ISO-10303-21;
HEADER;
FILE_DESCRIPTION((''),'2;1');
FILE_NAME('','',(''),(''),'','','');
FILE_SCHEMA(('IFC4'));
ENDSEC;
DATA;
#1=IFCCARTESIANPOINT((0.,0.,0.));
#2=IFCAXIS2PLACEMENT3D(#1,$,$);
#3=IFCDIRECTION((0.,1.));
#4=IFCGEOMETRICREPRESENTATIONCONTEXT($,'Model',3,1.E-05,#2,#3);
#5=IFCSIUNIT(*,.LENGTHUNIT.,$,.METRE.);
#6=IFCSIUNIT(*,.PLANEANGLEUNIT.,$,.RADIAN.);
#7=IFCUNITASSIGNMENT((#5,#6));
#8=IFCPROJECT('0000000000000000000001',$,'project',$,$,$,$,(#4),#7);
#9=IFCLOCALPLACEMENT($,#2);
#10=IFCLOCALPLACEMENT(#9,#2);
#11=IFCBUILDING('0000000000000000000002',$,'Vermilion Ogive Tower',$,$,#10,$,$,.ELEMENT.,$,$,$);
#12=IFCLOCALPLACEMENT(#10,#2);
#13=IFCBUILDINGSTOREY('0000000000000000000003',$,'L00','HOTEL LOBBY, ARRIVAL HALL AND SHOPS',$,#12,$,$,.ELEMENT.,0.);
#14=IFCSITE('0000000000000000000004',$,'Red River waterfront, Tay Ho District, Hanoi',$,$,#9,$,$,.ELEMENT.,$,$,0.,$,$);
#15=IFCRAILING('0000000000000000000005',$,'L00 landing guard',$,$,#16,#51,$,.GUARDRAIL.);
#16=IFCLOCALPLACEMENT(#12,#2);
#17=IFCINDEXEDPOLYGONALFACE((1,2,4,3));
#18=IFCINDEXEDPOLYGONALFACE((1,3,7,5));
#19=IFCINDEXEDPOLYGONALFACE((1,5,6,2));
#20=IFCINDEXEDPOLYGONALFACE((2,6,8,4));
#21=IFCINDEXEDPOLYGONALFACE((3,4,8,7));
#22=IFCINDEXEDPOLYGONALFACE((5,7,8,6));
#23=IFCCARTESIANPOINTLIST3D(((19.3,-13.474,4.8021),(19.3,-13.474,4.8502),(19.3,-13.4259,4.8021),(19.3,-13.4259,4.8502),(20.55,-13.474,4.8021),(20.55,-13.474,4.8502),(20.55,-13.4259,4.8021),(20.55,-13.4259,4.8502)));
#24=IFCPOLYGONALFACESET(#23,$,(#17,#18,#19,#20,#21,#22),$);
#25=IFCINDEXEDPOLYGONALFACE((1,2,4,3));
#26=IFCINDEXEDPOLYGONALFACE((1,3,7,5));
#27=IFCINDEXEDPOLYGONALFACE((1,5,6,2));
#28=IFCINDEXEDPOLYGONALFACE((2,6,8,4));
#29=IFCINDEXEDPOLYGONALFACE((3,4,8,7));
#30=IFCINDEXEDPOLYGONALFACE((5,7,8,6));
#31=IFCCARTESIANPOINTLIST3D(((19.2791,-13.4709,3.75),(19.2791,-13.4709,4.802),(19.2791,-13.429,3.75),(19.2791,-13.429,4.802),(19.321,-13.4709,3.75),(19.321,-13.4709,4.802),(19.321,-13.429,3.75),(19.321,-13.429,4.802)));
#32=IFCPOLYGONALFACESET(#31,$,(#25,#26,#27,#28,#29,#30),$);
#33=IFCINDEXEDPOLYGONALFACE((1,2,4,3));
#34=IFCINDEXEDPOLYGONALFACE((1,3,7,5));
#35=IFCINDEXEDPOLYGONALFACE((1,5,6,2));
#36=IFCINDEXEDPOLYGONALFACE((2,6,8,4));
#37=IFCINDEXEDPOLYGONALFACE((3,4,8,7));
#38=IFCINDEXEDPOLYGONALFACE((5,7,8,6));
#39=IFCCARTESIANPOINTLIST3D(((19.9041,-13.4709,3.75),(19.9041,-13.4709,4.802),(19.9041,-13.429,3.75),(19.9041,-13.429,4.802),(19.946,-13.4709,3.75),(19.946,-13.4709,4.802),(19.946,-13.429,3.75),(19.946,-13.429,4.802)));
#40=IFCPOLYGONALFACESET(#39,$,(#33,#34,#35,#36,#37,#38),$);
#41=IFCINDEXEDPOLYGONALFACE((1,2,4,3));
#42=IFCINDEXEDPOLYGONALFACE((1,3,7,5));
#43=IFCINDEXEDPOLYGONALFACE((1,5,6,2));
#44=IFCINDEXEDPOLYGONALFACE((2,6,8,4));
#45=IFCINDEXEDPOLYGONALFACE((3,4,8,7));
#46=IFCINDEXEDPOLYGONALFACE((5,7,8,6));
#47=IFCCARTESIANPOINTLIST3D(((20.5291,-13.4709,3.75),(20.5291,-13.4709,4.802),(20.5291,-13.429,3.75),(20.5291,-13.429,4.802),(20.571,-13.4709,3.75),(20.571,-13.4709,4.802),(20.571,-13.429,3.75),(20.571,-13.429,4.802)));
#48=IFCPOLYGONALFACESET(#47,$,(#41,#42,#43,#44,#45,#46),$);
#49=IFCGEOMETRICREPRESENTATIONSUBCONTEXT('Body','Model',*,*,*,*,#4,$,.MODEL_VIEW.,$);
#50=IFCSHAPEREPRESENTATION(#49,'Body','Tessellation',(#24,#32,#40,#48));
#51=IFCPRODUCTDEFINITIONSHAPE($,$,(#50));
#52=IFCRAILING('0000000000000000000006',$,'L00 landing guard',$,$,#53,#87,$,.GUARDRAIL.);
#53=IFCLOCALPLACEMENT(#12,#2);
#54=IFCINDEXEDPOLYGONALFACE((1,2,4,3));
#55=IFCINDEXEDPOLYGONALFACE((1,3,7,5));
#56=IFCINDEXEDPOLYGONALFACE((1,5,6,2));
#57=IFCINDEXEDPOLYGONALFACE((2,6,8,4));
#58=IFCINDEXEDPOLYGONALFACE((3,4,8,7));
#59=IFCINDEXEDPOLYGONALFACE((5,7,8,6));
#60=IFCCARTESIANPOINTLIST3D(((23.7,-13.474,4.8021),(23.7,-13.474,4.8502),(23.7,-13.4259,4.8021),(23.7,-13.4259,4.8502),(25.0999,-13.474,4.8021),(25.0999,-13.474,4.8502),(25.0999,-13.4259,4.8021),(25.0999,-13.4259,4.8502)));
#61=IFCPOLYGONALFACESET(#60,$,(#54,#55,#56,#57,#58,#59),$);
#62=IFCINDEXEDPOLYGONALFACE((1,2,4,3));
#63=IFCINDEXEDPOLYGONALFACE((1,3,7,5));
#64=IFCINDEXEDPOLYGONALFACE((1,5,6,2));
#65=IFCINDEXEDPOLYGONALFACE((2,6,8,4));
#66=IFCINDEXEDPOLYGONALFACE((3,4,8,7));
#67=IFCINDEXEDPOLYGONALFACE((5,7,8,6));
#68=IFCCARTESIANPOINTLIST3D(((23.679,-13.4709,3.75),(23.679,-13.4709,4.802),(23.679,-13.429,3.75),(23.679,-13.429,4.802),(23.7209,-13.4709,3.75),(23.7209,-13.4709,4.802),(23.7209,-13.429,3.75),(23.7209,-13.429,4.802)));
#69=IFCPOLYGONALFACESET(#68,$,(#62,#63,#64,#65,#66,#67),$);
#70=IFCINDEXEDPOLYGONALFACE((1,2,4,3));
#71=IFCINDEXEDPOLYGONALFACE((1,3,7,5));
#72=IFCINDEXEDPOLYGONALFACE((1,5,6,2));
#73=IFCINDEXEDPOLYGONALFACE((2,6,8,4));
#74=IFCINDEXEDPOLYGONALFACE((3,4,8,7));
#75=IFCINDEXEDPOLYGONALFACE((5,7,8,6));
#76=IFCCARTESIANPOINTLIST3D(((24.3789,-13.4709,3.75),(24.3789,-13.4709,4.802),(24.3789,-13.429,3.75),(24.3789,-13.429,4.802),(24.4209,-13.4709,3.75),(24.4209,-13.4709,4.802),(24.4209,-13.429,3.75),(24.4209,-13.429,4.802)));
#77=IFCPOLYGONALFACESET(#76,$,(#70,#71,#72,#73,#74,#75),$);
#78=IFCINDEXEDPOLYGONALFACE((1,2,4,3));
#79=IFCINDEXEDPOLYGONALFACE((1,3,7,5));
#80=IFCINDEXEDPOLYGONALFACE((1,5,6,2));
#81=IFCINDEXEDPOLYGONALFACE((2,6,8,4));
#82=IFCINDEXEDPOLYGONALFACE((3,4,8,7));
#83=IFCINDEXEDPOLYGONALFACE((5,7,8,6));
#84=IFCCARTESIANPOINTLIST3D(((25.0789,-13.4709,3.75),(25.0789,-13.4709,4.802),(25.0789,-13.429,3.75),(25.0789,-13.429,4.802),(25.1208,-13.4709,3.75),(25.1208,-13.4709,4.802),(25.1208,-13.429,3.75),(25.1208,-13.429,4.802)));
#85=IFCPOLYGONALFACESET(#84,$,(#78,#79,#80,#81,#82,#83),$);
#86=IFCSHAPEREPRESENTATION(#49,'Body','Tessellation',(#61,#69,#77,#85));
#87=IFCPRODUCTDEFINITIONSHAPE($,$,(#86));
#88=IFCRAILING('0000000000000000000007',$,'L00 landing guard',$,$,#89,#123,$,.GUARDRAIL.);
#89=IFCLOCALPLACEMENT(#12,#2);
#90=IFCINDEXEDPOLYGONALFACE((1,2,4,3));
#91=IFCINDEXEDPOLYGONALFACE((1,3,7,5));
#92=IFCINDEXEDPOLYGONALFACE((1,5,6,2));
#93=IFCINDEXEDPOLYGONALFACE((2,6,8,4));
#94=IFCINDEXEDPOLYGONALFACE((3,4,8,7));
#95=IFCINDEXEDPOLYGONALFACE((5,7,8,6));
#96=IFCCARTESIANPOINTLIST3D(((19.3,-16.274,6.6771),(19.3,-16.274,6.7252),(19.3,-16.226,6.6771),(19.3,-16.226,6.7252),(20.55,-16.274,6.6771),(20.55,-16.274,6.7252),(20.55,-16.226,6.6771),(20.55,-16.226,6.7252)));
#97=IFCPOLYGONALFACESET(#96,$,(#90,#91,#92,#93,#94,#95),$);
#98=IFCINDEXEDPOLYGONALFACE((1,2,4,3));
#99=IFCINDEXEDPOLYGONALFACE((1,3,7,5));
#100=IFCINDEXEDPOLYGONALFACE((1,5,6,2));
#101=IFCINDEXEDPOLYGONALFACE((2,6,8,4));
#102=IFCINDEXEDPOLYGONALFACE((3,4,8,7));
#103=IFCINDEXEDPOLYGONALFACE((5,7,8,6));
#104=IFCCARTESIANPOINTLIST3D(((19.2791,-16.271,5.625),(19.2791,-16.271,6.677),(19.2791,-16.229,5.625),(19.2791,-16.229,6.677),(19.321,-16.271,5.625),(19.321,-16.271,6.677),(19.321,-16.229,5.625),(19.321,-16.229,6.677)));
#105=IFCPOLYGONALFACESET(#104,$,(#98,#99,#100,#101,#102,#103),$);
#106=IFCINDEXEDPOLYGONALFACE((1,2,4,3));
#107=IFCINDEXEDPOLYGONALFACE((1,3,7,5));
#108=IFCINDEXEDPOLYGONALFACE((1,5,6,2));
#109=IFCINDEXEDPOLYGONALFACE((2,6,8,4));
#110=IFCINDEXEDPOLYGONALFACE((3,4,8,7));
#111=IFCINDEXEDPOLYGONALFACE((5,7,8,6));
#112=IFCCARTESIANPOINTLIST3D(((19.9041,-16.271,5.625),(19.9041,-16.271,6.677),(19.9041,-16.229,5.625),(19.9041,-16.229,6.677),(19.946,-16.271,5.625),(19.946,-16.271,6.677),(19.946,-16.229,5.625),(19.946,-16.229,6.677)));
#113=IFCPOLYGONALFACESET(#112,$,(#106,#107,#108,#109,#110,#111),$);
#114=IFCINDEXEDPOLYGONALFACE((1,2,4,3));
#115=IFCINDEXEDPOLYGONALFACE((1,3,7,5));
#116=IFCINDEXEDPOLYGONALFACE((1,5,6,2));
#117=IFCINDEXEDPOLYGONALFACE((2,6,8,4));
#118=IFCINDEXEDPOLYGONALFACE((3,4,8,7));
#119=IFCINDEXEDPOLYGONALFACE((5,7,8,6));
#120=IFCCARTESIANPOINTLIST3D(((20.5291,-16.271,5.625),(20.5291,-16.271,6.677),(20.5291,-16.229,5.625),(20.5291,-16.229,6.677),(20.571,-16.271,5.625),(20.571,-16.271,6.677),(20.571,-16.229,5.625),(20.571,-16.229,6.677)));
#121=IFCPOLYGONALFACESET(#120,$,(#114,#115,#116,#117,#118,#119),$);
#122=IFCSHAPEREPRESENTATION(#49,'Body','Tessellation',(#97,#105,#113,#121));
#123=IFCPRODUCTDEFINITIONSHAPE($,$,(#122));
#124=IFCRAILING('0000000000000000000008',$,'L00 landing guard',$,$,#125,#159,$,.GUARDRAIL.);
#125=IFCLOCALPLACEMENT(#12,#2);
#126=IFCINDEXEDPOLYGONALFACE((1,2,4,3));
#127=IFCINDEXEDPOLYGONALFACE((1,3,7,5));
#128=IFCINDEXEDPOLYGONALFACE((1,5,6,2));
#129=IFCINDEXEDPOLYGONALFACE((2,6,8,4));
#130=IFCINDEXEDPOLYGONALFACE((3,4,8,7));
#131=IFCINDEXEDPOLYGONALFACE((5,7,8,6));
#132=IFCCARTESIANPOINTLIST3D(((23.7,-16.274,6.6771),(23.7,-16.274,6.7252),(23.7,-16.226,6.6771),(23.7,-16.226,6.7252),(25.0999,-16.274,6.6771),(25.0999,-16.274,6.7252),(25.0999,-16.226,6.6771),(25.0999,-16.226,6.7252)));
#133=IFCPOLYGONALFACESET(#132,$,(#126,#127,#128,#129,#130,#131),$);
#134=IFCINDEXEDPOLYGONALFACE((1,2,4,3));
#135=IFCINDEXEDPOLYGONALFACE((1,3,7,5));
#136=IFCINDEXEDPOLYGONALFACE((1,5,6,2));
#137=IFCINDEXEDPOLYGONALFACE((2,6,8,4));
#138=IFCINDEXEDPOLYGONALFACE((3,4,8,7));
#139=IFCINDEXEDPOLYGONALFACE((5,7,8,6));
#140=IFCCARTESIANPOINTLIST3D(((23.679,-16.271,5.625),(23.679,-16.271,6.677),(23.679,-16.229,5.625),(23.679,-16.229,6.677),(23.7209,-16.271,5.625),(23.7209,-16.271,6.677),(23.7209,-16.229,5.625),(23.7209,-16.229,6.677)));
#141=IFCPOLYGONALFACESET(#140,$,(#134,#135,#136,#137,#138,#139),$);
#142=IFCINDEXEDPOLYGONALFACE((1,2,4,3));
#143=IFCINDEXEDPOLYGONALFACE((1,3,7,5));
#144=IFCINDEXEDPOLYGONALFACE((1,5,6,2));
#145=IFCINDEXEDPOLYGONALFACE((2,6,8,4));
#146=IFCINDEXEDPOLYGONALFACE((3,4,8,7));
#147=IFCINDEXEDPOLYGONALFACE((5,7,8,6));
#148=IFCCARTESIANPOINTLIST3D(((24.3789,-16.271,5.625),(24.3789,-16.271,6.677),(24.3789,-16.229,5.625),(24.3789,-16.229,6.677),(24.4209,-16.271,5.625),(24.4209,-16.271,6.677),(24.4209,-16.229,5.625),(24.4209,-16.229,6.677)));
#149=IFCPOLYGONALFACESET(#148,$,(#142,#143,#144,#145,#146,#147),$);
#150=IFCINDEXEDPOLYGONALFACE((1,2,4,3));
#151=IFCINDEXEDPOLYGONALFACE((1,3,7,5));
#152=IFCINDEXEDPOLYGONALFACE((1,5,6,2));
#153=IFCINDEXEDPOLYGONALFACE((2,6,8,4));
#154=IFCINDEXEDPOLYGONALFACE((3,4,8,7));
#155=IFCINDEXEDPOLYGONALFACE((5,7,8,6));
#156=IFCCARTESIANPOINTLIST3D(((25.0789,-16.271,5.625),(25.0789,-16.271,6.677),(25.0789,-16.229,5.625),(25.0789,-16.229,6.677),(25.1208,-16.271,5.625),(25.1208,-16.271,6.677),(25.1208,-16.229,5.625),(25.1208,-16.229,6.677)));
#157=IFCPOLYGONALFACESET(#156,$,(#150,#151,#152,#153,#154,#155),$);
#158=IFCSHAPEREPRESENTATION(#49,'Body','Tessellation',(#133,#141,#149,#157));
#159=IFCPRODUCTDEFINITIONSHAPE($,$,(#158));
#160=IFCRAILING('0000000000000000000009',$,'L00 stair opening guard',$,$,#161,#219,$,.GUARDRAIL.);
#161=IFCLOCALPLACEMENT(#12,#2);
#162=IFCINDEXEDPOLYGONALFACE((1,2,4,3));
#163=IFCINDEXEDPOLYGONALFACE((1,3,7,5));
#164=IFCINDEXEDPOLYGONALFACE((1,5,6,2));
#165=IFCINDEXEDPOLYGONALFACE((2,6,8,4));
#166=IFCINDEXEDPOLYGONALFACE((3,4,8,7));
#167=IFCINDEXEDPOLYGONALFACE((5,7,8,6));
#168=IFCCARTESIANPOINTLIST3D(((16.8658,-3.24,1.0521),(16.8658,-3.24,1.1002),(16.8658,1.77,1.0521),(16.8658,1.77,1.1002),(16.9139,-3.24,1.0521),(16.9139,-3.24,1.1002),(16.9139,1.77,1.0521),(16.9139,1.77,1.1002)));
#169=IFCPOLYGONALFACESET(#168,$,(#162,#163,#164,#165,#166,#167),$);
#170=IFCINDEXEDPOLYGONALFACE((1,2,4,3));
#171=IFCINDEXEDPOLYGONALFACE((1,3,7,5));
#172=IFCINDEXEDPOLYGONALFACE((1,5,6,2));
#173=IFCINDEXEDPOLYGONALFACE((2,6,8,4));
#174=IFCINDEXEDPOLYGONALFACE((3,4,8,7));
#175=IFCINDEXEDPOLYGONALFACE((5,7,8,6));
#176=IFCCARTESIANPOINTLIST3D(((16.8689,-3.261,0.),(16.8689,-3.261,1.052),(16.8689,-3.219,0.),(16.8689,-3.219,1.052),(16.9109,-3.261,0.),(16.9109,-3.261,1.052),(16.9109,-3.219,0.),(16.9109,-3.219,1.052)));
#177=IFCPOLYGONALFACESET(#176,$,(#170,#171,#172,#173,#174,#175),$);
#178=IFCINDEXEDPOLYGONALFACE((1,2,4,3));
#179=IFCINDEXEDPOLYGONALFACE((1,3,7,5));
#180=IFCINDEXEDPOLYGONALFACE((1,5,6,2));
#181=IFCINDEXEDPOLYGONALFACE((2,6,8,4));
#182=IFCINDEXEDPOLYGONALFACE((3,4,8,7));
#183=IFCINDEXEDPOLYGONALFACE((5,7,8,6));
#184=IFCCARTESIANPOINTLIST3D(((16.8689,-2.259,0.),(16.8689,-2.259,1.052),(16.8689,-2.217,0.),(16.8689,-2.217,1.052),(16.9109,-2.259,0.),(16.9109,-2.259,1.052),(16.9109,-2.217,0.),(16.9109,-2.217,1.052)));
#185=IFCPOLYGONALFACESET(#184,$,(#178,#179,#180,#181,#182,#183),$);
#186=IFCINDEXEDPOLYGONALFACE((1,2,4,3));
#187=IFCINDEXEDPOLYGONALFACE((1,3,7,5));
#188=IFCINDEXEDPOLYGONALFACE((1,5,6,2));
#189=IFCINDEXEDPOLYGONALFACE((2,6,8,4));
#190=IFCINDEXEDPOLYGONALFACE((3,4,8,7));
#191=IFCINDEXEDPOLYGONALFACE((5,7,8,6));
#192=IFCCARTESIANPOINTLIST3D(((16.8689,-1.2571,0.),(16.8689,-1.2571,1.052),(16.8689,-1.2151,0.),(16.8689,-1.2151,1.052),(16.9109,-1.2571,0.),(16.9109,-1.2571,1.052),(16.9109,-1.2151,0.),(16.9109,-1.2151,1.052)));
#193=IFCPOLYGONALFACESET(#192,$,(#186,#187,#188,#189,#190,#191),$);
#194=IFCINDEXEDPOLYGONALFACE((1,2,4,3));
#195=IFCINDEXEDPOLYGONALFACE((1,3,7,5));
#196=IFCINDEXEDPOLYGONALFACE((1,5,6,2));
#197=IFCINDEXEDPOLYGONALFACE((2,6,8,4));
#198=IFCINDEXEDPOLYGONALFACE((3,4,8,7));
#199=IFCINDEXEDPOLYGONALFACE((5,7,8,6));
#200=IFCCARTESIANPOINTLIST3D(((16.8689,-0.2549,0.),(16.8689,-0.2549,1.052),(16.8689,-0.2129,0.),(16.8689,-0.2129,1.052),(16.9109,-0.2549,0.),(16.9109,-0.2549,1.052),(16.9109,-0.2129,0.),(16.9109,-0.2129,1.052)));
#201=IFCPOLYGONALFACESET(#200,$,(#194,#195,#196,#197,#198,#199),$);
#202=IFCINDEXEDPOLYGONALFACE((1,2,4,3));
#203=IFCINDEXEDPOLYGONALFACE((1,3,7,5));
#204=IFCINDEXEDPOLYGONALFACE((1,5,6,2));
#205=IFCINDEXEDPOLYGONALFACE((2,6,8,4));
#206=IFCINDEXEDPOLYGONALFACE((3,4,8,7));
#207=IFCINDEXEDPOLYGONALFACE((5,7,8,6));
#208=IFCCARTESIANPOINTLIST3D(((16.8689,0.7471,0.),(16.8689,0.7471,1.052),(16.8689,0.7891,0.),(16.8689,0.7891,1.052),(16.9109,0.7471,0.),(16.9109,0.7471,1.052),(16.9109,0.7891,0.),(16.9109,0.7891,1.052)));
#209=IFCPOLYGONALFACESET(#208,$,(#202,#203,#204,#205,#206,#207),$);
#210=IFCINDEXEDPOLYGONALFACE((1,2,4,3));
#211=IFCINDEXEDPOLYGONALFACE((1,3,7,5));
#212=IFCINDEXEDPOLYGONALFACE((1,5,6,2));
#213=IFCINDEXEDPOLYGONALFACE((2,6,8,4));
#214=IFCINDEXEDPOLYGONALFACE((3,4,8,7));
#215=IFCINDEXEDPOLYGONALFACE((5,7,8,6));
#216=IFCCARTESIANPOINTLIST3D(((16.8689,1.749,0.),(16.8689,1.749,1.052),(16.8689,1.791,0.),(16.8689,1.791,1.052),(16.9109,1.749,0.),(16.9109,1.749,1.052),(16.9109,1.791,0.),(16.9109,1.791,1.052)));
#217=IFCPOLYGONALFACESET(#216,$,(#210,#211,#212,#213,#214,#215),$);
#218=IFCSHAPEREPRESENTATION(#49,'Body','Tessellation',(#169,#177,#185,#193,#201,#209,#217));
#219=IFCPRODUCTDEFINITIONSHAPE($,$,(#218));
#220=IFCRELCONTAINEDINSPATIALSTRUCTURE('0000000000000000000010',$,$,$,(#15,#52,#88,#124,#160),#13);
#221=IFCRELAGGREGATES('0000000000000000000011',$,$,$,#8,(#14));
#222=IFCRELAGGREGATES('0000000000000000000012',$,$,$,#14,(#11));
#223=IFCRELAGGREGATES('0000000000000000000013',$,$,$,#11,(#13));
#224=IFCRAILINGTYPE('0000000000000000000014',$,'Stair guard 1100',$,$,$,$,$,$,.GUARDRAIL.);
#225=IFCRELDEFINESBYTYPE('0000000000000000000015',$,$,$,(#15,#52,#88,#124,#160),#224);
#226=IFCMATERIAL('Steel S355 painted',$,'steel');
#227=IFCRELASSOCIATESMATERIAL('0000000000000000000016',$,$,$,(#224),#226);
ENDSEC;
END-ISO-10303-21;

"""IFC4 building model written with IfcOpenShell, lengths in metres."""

from ifc_helpers import new_model, si_unit, direction, frame, origin, origin_2d, place, context, subcontext, project, spatial, rectangle, extrude, material, type_object, element, save


model = new_model("IFC4")

# Units and contexts
model_context = context("Model", 3, precision=1e-05, world=origin(), true_north=direction((0.0, 1.0)))
body_context = subcontext(model_context, "Body", "Model", "MODEL_VIEW")
ifc_project = project(units=[si_unit("LENGTHUNIT", "METRE"), si_unit("PLANEANGLEUNIT", "RADIAN")], contexts=[model_context])

# Site, building, storey
site_placement = place(None, origin())
site = spatial("IfcSite", under=ifc_project, at=site_placement, Name="Red River waterfront, Tay Ho District, Hanoi", CompositionType="ELEMENT", RefElevation=0.0)
building_placement = place(site_placement, origin())
building = spatial("IfcBuilding", under=site, at=building_placement, Name="Vermilion Ogive Tower", CompositionType="ELEMENT")
storey_placement = place(building_placement, origin())
storey = spatial("IfcBuildingStorey", under=building, at=storey_placement, Name="L00", Description="HOTEL LOBBY, ARRIVAL HALL AND SHOPS", CompositionType="ELEMENT", Elevation=0.0)

# Railings
ifc_material_1 = material(Name="Steel S355 painted", Category="steel")
railing_type_1 = type_object("IfcRailingType", Name="Stair guard 1100", PredefinedType="GUARDRAIL", material=ifc_material_1)
railing_1_placement = place(storey_placement, frame((19.3, -13.45, 3.75)))
element("IfcRailing", 1, at=railing_1_placement, inside=storey, type_object=railing_type_1, Name="L00 landing guard", PredefinedType="GUARDRAIL", context=body_context, shape_type="SweptSolid", body=[
    extrude(rectangle(XDim=0.0481, YDim=0.0481, at=origin_2d()), frame((0.0, 0.0, 1.0762), z_axis=(1.0, 0.0, 0.0), x_axis=(0.0, 1.0, 0.0)), (0.0, 0.0, 1.0), 1.25),
    extrude(rectangle(XDim=0.042, YDim=0.042, at=origin_2d()), origin(), (0.0, 0.0, 1.0), 1.052),
    extrude(rectangle(XDim=0.042, YDim=0.042, at=origin_2d()), frame((0.625, 0.0, 0.0)), (0.0, 0.0, 1.0), 1.052),
    extrude(rectangle(XDim=0.042, YDim=0.042, at=origin_2d()), frame((1.25, 0.0, 0.0)), (0.0, 0.0, 1.0), 1.052),
])
railing_2_placement = place(storey_placement, frame((23.7, -13.45, 3.75)))
element("IfcRailing", 2, at=railing_2_placement, inside=storey, type_object=railing_type_1, Name="L00 landing guard", PredefinedType="GUARDRAIL", context=body_context, shape_type="SweptSolid", body=[
    extrude(rectangle(XDim=0.0481, YDim=0.0481, at=origin_2d()), frame((0.0, 0.0, 1.0762), z_axis=(1.0, 0.0, 0.0), x_axis=(0.0, 1.0, 0.0)), (0.0, 0.0, 1.0), 1.3999),
    extrude(rectangle(XDim=0.042, YDim=0.042, at=origin_2d()), origin(), (0.0, 0.0, 1.0), 1.052),
    extrude(rectangle(XDim=0.042, YDim=0.042, at=origin_2d()), frame((0.7, 0.0, 0.0)), (0.0, 0.0, 1.0), 1.052),
    extrude(rectangle(XDim=0.042, YDim=0.042, at=origin_2d()), frame((1.3999, 0.0, 0.0)), (0.0, 0.0, 1.0), 1.052),
])
railing_3_placement = place(storey_placement, frame((19.3, -16.25, 5.625)))
element("IfcRailing", 3, at=railing_3_placement, inside=storey, type_object=railing_type_1, Name="L00 landing guard", PredefinedType="GUARDRAIL", context=body_context, shape_type="SweptSolid", body=[
    extrude(rectangle(XDim=0.0481, YDim=0.0481, at=origin_2d()), frame((0.0, 0.0, 1.0762), z_axis=(1.0, 0.0, 0.0), x_axis=(0.0, 1.0, 0.0)), (0.0, 0.0, 1.0), 1.25),
    extrude(rectangle(XDim=0.042, YDim=0.042, at=origin_2d()), origin(), (0.0, 0.0, 1.0), 1.052),
    extrude(rectangle(XDim=0.042, YDim=0.042, at=origin_2d()), frame((0.625, 0.0, 0.0)), (0.0, 0.0, 1.0), 1.052),
    extrude(rectangle(XDim=0.042, YDim=0.042, at=origin_2d()), frame((1.25, 0.0, 0.0)), (0.0, 0.0, 1.0), 1.052),
])
railing_4_placement = place(storey_placement, frame((23.7, -16.25, 5.625)))
element("IfcRailing", 4, at=railing_4_placement, inside=storey, type_object=railing_type_1, Name="L00 landing guard", PredefinedType="GUARDRAIL", context=body_context, shape_type="SweptSolid", body=[
    extrude(rectangle(XDim=0.0481, YDim=0.0481, at=origin_2d()), frame((0.0, 0.0, 1.0762), z_axis=(1.0, 0.0, 0.0), x_axis=(0.0, 1.0, 0.0)), (0.0, 0.0, 1.0), 1.3999),
    extrude(rectangle(XDim=0.042, YDim=0.042, at=origin_2d()), origin(), (0.0, 0.0, 1.0), 1.052),
    extrude(rectangle(XDim=0.042, YDim=0.042, at=origin_2d()), frame((0.7, 0.0, 0.0)), (0.0, 0.0, 1.0), 1.052),
    extrude(rectangle(XDim=0.042, YDim=0.042, at=origin_2d()), frame((1.3999, 0.0, 0.0)), (0.0, 0.0, 1.0), 1.052),
])
railing_5_placement = place(storey_placement, frame((16.8899, -3.24, 0.0)))
element("IfcRailing", 5, at=railing_5_placement, inside=storey, type_object=railing_type_1, Name="L00 stair opening guard", PredefinedType="GUARDRAIL", context=body_context, shape_type="SweptSolid", body=[
    extrude(rectangle(XDim=0.0481, YDim=0.0481, at=origin_2d()), frame((0.0, 0.0, 1.0762), z_axis=(0.0, 1.0, 0.0), x_axis=(-1.0, 0.0, 0.0)), (0.0, 0.0, 1.0), 5.01),
    extrude(rectangle(XDim=0.042, YDim=0.042, at=origin_2d()), origin(), (0.0, 0.0, 1.0), 1.052),
    extrude(rectangle(XDim=0.042, YDim=0.042, at=origin_2d()), frame((0.0, 1.002, 0.0)), (0.0, 0.0, 1.0), 1.052),
    extrude(rectangle(XDim=0.042, YDim=0.042, at=origin_2d()), frame((0.0, 2.0039, 0.0)), (0.0, 0.0, 1.0), 1.052),
    extrude(rectangle(XDim=0.042, YDim=0.042, at=origin_2d()), frame((0.0, 3.0061, 0.0)), (0.0, 0.0, 1.0), 1.052),
    extrude(rectangle(XDim=0.042, YDim=0.042, at=origin_2d()), frame((0.0, 4.0081, 0.0)), (0.0, 0.0, 1.0), 1.052),
    extrude(rectangle(XDim=0.042, YDim=0.042, at=origin_2d()), frame((0.0, 5.01, 0.0)), (0.0, 0.0, 1.0), 1.052),
])

save(model, "model.ifc")
